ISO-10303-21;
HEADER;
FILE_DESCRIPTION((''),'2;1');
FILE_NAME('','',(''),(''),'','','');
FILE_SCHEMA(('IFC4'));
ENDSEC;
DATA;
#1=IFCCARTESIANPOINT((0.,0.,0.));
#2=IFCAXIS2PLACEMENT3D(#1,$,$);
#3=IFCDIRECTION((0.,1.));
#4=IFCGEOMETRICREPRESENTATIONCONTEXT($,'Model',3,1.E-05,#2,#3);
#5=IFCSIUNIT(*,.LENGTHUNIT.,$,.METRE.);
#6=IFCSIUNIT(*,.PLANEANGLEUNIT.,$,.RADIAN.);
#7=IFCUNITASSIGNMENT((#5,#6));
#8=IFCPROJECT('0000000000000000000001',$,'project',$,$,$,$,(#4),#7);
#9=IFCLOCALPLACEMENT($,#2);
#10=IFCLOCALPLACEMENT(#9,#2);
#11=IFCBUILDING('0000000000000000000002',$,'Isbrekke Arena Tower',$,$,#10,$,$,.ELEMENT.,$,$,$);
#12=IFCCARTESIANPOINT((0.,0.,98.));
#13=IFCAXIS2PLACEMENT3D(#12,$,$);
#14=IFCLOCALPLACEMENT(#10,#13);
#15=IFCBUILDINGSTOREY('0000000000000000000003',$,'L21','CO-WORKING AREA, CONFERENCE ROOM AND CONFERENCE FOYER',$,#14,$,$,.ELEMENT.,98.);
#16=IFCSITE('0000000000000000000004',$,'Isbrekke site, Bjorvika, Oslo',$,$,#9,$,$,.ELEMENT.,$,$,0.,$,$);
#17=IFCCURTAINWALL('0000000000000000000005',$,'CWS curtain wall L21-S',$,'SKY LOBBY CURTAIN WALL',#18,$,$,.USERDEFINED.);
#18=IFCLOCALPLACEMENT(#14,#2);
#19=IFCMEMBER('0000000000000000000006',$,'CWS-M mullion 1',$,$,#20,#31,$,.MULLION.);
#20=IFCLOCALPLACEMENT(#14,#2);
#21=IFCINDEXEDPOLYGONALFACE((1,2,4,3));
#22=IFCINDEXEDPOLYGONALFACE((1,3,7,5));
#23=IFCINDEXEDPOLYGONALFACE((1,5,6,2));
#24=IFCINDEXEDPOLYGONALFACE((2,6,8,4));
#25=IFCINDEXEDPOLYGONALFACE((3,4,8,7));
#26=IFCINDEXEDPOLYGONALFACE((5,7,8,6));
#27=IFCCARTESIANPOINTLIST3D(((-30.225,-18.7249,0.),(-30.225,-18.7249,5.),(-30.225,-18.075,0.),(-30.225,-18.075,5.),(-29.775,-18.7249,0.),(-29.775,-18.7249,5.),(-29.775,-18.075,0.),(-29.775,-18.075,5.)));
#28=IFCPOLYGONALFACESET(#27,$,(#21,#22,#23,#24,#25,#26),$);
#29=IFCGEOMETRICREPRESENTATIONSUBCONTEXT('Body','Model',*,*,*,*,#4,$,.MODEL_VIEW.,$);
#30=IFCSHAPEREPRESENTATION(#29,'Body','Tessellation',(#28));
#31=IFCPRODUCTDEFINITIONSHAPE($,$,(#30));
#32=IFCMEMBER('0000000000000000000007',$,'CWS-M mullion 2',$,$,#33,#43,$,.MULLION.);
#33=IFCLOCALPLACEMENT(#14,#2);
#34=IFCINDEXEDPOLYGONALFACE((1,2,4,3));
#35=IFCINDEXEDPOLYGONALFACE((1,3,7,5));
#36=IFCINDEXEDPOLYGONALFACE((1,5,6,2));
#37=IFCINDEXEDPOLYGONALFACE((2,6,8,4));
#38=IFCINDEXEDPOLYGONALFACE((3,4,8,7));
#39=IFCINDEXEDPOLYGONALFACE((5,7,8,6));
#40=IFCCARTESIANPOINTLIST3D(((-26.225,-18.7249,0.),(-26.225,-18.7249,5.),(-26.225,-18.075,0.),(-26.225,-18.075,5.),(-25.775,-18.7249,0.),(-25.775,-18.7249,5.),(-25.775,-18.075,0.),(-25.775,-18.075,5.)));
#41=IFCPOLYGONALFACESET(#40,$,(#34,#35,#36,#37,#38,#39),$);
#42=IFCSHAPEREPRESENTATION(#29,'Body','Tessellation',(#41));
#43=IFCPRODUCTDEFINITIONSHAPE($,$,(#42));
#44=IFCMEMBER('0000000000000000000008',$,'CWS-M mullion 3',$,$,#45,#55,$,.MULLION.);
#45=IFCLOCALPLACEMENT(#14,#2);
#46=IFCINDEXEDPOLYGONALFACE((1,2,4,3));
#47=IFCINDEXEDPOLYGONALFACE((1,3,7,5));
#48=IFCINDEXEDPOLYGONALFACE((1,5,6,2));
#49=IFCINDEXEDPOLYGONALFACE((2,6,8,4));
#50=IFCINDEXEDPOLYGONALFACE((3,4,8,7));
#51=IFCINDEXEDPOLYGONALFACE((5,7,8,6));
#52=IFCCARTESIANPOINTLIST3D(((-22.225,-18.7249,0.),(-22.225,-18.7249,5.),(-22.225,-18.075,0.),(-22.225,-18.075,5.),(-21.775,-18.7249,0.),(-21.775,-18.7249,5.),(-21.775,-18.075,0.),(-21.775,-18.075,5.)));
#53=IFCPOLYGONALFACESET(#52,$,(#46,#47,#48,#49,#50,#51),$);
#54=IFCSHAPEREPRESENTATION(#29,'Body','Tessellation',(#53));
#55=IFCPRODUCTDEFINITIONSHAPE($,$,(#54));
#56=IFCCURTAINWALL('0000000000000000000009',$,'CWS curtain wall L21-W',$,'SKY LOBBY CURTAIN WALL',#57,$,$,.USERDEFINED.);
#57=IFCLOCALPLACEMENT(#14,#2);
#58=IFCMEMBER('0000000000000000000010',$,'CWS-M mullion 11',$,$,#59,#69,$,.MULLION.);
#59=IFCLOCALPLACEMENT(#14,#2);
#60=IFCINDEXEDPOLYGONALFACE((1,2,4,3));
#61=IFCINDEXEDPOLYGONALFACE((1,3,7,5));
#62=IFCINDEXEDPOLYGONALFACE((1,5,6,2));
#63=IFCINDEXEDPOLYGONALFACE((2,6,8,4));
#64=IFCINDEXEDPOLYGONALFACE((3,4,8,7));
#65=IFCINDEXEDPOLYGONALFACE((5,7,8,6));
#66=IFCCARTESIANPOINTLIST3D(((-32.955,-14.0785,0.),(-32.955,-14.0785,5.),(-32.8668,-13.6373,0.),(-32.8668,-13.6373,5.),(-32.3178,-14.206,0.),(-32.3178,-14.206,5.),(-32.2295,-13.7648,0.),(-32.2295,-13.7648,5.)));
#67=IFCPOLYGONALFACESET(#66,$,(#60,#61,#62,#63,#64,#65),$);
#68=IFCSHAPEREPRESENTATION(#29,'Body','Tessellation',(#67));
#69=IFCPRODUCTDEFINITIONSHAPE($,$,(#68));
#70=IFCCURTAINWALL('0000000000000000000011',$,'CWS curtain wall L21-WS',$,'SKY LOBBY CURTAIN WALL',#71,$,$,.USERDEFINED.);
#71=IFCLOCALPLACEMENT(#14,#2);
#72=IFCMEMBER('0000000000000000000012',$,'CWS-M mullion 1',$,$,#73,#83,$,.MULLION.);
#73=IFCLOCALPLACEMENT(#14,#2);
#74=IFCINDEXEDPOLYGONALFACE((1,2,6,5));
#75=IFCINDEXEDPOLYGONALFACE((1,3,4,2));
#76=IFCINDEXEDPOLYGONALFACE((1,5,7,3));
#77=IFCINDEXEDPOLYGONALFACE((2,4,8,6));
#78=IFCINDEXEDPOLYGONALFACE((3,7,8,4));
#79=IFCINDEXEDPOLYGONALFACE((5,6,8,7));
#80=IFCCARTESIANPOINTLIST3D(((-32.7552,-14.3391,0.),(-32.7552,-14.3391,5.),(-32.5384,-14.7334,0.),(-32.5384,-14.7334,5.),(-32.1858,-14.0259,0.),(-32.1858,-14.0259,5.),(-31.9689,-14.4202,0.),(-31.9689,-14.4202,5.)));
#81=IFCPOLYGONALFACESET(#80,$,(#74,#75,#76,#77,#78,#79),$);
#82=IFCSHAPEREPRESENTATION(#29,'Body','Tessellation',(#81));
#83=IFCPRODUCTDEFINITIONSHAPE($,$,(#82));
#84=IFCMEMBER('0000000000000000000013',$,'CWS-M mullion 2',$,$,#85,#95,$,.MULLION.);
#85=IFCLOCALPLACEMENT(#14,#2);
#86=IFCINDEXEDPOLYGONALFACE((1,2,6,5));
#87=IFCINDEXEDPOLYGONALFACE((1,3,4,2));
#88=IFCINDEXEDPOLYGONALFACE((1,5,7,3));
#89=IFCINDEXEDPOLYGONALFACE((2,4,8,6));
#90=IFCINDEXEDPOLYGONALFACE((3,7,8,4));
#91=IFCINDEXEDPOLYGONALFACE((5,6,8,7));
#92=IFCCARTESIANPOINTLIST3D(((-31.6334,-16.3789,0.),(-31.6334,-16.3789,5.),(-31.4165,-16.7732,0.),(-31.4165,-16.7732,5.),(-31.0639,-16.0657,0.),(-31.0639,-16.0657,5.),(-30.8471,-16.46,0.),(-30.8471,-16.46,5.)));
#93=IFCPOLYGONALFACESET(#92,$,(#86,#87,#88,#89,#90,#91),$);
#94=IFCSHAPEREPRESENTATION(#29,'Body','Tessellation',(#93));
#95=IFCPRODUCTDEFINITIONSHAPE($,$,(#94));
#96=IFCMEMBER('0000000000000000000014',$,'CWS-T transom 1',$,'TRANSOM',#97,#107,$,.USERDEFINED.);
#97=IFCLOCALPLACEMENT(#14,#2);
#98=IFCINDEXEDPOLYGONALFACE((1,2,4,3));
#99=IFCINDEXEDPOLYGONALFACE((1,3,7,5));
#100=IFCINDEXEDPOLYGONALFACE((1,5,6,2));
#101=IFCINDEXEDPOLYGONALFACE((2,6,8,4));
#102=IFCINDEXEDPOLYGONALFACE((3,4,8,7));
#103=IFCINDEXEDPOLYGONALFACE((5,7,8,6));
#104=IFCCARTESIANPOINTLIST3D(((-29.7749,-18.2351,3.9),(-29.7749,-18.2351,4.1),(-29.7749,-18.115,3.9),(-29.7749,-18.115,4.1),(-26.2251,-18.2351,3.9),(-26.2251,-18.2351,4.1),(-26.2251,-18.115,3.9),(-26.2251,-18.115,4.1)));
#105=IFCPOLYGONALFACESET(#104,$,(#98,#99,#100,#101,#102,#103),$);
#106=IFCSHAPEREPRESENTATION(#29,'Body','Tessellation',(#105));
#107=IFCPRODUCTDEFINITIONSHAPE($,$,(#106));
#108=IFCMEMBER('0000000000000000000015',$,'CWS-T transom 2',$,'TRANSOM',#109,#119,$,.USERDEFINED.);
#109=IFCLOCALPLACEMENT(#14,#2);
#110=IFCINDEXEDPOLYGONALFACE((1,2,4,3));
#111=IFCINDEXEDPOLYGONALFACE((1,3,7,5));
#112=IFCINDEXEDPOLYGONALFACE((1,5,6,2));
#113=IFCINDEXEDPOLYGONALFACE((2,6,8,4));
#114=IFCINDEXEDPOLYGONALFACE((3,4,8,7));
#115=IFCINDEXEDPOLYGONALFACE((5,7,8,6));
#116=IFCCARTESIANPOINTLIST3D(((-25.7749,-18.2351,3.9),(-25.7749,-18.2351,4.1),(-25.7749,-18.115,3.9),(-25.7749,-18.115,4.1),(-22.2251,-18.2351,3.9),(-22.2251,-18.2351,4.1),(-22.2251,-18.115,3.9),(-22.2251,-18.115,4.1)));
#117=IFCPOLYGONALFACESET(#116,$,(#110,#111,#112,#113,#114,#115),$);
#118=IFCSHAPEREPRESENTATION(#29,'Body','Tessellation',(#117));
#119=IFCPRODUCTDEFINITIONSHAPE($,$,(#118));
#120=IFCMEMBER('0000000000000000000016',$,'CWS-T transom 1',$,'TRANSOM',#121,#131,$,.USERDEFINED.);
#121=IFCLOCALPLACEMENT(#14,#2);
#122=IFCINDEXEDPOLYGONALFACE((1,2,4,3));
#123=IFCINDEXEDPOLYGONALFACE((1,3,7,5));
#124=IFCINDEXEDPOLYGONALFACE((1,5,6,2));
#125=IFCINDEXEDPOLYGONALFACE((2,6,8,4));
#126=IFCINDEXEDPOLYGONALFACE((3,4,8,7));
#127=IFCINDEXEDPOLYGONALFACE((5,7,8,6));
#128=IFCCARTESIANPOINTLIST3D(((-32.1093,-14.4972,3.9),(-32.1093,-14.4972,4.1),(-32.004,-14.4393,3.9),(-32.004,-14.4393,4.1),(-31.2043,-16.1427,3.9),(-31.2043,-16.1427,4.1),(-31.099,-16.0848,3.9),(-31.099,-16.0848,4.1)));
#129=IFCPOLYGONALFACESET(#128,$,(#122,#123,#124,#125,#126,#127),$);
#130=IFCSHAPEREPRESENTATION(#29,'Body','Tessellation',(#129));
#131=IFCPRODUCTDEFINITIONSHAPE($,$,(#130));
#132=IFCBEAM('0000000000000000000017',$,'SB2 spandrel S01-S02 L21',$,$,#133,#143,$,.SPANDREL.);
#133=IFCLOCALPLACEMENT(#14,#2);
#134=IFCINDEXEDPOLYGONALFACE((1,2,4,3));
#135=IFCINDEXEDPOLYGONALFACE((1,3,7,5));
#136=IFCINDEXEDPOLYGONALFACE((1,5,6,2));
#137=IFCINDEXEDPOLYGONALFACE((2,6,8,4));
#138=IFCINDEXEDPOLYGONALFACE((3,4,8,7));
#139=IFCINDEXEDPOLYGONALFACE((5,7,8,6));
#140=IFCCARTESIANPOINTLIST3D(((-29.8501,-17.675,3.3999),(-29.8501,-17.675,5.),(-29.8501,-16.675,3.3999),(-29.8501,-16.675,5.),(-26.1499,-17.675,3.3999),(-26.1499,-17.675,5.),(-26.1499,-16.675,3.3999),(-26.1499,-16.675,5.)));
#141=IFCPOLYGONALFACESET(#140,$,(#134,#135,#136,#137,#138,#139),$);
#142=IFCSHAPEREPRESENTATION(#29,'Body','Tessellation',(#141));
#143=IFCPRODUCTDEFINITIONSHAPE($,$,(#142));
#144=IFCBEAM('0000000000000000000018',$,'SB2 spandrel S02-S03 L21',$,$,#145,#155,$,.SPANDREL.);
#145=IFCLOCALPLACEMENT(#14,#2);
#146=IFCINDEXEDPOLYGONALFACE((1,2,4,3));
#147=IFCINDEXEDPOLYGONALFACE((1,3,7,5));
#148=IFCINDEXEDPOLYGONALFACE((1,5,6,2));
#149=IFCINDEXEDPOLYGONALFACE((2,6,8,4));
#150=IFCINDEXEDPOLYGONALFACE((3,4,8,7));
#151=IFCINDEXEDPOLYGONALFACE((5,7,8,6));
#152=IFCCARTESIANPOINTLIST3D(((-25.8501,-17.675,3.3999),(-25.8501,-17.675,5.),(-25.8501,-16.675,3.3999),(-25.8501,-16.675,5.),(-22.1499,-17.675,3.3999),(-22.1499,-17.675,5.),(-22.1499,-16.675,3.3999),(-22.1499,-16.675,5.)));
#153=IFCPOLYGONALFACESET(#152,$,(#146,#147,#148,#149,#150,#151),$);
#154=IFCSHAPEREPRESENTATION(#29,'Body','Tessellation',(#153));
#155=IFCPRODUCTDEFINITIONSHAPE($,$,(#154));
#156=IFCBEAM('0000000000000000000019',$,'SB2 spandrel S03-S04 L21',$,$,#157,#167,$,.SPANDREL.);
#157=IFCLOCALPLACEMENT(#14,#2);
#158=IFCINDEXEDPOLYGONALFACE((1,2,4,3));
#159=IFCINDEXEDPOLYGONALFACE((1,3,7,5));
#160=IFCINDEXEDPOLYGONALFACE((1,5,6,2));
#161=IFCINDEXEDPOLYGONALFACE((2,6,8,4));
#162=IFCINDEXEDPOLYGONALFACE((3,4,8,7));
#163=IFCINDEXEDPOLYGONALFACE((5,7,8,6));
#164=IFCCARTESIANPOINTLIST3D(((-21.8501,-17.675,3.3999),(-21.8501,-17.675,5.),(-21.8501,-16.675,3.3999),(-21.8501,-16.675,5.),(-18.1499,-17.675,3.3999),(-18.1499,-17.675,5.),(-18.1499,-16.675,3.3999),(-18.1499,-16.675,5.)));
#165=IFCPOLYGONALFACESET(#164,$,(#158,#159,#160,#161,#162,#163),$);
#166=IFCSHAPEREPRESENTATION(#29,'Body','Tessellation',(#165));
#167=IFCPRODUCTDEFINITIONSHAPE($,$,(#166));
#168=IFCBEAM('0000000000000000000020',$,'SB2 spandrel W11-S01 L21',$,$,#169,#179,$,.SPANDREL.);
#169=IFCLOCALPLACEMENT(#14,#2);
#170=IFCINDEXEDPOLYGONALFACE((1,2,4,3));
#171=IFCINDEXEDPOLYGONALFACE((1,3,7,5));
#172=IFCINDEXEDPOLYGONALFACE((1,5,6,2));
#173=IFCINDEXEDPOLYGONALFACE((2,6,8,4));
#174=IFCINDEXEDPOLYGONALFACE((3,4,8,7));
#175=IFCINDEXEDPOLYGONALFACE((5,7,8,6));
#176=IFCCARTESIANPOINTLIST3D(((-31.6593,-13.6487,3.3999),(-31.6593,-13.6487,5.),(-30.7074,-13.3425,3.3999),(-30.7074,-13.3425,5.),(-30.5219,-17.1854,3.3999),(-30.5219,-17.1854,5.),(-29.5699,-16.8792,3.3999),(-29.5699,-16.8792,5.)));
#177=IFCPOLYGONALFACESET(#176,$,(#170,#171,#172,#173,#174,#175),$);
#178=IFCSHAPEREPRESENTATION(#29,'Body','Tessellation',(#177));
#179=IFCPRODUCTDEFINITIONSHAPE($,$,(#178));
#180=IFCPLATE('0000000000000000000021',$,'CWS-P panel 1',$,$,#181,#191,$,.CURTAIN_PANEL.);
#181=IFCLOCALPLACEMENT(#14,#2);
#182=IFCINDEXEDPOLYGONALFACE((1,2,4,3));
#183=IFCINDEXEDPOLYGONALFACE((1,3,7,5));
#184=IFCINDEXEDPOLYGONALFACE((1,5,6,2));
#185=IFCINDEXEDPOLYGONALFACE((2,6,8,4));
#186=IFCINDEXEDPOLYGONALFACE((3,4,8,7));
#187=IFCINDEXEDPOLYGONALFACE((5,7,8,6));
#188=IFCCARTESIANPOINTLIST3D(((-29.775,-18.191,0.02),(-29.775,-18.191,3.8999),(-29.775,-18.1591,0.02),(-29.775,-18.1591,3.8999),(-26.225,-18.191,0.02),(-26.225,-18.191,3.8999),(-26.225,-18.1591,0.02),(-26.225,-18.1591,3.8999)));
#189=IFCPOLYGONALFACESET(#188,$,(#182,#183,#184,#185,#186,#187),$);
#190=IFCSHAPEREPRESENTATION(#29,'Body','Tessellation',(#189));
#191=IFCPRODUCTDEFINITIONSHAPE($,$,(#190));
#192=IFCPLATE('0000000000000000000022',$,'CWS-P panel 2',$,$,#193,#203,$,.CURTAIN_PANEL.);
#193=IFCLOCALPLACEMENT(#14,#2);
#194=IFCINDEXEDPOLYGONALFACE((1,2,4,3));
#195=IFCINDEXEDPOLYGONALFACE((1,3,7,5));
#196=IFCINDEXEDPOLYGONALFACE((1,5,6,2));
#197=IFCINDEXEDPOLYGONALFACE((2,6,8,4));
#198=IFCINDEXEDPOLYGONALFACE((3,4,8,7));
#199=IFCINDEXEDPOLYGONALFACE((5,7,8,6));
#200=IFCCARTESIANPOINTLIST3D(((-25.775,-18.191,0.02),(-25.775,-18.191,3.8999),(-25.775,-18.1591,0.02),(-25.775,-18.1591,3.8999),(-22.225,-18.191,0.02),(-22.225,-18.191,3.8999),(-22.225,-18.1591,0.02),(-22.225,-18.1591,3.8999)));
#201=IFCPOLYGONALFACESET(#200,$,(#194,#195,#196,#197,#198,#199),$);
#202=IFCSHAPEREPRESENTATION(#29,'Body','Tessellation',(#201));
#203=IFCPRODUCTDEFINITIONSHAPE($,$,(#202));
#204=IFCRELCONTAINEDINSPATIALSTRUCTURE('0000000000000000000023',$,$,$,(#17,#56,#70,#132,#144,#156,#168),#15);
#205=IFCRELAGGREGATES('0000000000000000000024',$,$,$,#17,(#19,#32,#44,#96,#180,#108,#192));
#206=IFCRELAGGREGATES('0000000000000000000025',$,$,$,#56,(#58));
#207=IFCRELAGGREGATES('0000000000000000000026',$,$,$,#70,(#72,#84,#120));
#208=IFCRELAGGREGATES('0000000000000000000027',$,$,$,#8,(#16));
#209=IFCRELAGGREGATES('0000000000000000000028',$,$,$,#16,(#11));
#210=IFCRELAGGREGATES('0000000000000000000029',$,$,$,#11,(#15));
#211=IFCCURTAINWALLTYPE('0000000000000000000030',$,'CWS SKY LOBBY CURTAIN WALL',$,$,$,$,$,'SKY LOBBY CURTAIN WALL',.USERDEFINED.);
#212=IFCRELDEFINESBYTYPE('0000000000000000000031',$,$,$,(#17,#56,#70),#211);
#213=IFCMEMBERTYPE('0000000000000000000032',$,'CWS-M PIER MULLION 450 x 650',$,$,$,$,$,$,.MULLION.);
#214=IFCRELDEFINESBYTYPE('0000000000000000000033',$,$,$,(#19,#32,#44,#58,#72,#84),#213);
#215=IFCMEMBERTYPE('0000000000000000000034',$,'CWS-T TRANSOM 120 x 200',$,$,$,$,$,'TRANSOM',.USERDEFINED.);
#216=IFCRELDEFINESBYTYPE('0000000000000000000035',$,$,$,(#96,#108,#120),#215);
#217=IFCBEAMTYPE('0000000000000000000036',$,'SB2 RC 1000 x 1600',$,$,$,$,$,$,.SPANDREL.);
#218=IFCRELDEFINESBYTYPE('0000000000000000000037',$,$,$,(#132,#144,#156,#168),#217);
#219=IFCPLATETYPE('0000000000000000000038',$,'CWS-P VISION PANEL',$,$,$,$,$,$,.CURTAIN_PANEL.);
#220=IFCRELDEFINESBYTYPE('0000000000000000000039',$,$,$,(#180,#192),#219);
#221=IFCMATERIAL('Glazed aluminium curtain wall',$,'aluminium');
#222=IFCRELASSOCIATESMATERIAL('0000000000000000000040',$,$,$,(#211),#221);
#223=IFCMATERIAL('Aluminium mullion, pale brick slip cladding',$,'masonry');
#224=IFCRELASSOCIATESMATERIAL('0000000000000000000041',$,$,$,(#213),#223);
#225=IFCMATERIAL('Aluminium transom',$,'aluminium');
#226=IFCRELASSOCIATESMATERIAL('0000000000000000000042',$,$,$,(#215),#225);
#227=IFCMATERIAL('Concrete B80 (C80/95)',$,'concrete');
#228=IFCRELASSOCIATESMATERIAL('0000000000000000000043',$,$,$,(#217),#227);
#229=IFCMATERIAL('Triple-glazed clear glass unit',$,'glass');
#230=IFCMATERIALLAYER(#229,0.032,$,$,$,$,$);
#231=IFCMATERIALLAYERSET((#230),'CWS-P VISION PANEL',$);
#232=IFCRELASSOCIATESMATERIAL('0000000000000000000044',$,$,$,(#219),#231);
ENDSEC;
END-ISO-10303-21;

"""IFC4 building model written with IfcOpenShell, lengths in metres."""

from ifc_helpers import new_model, si_unit, direction, frame, origin, origin_2d, place, context, subcontext, project, spatial, rectangle, extrude, material, layer, layer_set, material_profile, profile_set, type_object, element, aggregate, save


model = new_model("IFC4")

# Units and contexts
model_context = context("Model", 3, precision=1e-05, world=origin(), true_north=direction((0.0, 1.0)))
body_context = subcontext(model_context, "Body", "Model", "MODEL_VIEW")
ifc_project = project(units=[si_unit("LENGTHUNIT", "METRE"), si_unit("PLANEANGLEUNIT", "RADIAN")], contexts=[model_context])

# Site, building, storey
site_placement = place(None, origin())
site = spatial("IfcSite", under=ifc_project, at=site_placement, Name="Isbrekke site, Bjorvika, Oslo", CompositionType="ELEMENT", RefElevation=0.0)
building_placement = place(site_placement, origin())
building = spatial("IfcBuilding", under=site, at=building_placement, Name="Isbrekke Arena Tower", CompositionType="ELEMENT")
storey_placement = place(building_placement, frame((0.0, 0.0, 98.0)))
storey = spatial("IfcBuildingStorey", under=building, at=storey_placement, Name="L21", Description="CO-WORKING AREA, CONFERENCE ROOM AND CONFERENCE FOYER", CompositionType="ELEMENT", Elevation=98.0)

# Curtain wall, members
ifc_material_1 = material(Name="Glazed aluminium curtain wall", Category="aluminium")
curtain_wall_type = type_object("IfcCurtainWallType", Name="CWS SKY LOBBY CURTAIN WALL", ElementType="SKY LOBBY CURTAIN WALL", PredefinedType="USERDEFINED", material=ifc_material_1)
curtain_wall_1_placement = place(storey_placement, origin())
curtain_wall_1 = element("IfcCurtainWall", 1, at=curtain_wall_1_placement, inside=storey, type_object=curtain_wall_type, Name="CWS curtain wall L21-S", ObjectType="SKY LOBBY CURTAIN WALL", PredefinedType="USERDEFINED")
ifc_material_2 = material(Name="Aluminium mullion, pale brick slip cladding", Category="masonry")
ifc_material_profile_1 = material_profile(ifc_material_2, rectangle(XDim=0.45, YDim=0.6499, at=origin_2d()), Name="PIER 450X650")
ifc_profile_set_1 = profile_set([ifc_material_profile_1], Name="Aluminium mullion, pale brick slip cladding")
member_type_1 = type_object("IfcMemberType", Name="CWS-M PIER MULLION 450 x 650", PredefinedType="MULLION", material=ifc_profile_set_1)
member_1_placement = place(storey_placement, frame((-30.0, -18.3999, 0.0), z_axis=(0.0, 0.0, 1.0), x_axis=(1.0, 0.0, 0.0)))
member_1 = element("IfcMember", 2, at=member_1_placement, type_object=member_type_1, Name="CWS-M mullion 1", PredefinedType="MULLION", context=body_context, shape_type="SweptSolid", body=[
    extrude(rectangle(XDim=0.45, YDim=0.6499, at=origin_2d()), origin(), (0.0, 0.0, 1.0), 5.0),
])
member_2_placement = place(storey_placement, frame((-26.0, -18.3999, 0.0), z_axis=(0.0, 0.0, 1.0), x_axis=(1.0, 0.0, 0.0)))
member_2 = element("IfcMember", 3, at=member_2_placement, type_object=member_type_1, Name="CWS-M mullion 2", PredefinedType="MULLION", context=body_context, shape_type="SweptSolid", body=[
    extrude(rectangle(XDim=0.45, YDim=0.6499, at=origin_2d()), origin(), (0.0, 0.0, 1.0), 5.0),
])
member_3_placement = place(storey_placement, frame((-22.0, -18.3999, 0.0), z_axis=(0.0, 0.0, 1.0), x_axis=(1.0, 0.0, 0.0)))
member_3 = element("IfcMember", 4, at=member_3_placement, type_object=member_type_1, Name="CWS-M mullion 3", PredefinedType="MULLION", context=body_context, shape_type="SweptSolid", body=[
    extrude(rectangle(XDim=0.45, YDim=0.6499, at=origin_2d()), origin(), (0.0, 0.0, 1.0), 5.0),
])

# Curtain wall, member
curtain_wall_2_placement = place(storey_placement, origin())
curtain_wall_2 = element("IfcCurtainWall", 5, at=curtain_wall_2_placement, inside=storey, type_object=curtain_wall_type, Name="CWS curtain wall L21-W", ObjectType="SKY LOBBY CURTAIN WALL", PredefinedType="USERDEFINED")
member_4_placement = place(storey_placement, frame((-32.5923, -13.9216, 0.0), z_axis=(0.0, 0.0, 1.0), x_axis=(-0.196116, -0.980581, 0.0)))
member_4 = element("IfcMember", 6, at=member_4_placement, type_object=member_type_1, Name="CWS-M mullion 11", PredefinedType="MULLION", context=body_context, shape_type="SweptSolid", body=[
    extrude(rectangle(XDim=0.45, YDim=0.6499, at=origin_2d()), origin(), (0.0, 0.0, 1.0), 5.0),
])

# Curtain wall, members
curtain_wall_3_placement = place(storey_placement, origin())
curtain_wall_3 = element("IfcCurtainWall", 7, at=curtain_wall_3_placement, inside=storey, type_object=curtain_wall_type, Name="CWS curtain wall L21-WS", ObjectType="SKY LOBBY CURTAIN WALL", PredefinedType="USERDEFINED")
member_5_placement = place(storey_placement, frame((-32.3621, -14.3796, 0.0), z_axis=(0.0, 0.0, 1.0), x_axis=(0.481919, -0.876216, 0.0)))
member_5 = element("IfcMember", 8, at=member_5_placement, type_object=member_type_1, Name="CWS-M mullion 1", PredefinedType="MULLION", context=body_context, shape_type="SweptSolid", body=[
    extrude(rectangle(XDim=0.45, YDim=0.6499, at=origin_2d()), origin(), (0.0, 0.0, 1.0), 5.0),
])
member_6_placement = place(storey_placement, frame((-31.2402, -16.4194, 0.0), z_axis=(0.0, 0.0, 1.0), x_axis=(0.481919, -0.876216, 0.0)))
member_6 = element("IfcMember", 9, at=member_6_placement, type_object=member_type_1, Name="CWS-M mullion 2", PredefinedType="MULLION", context=body_context, shape_type="SweptSolid", body=[
    extrude(rectangle(XDim=0.45, YDim=0.6499, at=origin_2d()), origin(), (0.0, 0.0, 1.0), 5.0),
])

# Members
ifc_material_3 = material(Name="Aluminium transom", Category="aluminium")
ifc_material_profile_2 = material_profile(ifc_material_3, rectangle(XDim=0.1201, YDim=0.2, at=origin_2d()), Name="TRANSOM 120X200")
ifc_profile_set_2 = profile_set([ifc_material_profile_2], Name="Aluminium transom")
member_type_2 = type_object("IfcMemberType", Name="CWS-T TRANSOM 120 x 200", ElementType="TRANSOM", PredefinedType="USERDEFINED", material=ifc_profile_set_2)
member_7_placement = place(storey_placement, frame((-29.7749, -18.175, 4.0), z_axis=(1.0, 0.0, 0.0), x_axis=(0.0, 1.0, 0.0)))
member_7 = element("IfcMember", 10, at=member_7_placement, type_object=member_type_2, Name="CWS-T transom 1", ObjectType="TRANSOM", PredefinedType="USERDEFINED", context=body_context, shape_type="SweptSolid", body=[
    extrude(rectangle(XDim=0.1201, YDim=0.2, at=origin_2d()), origin(), (0.0, 0.0, 1.0), 3.5498),
])
member_8_placement = place(storey_placement, frame((-25.7749, -18.175, 4.0), z_axis=(1.0, 0.0, 0.0), x_axis=(0.0, 1.0, 0.0)))
member_8 = element("IfcMember", 11, at=member_8_placement, type_object=member_type_2, Name="CWS-T transom 2", ObjectType="TRANSOM", PredefinedType="USERDEFINED", context=body_context, shape_type="SweptSolid", body=[
    extrude(rectangle(XDim=0.1201, YDim=0.2, at=origin_2d()), origin(), (0.0, 0.0, 1.0), 3.5498),
])
member_9_placement = place(storey_placement, frame((-32.0566, -14.4683, 4.0), z_axis=(0.481919, -0.876216, 0.0), x_axis=(0.876216, 0.481919, 0.0)))
member_9 = element("IfcMember", 12, at=member_9_placement, type_object=member_type_2, Name="CWS-T transom 1", ObjectType="TRANSOM", PredefinedType="USERDEFINED", context=body_context, shape_type="SweptSolid", body=[
    extrude(rectangle(XDim=0.1201, YDim=0.2, at=origin_2d()), origin(), (0.0, 0.0, 1.0), 1.8779),
])

# Beams
ifc_material_4 = material(Name="Concrete B80 (C80/95)", Category="concrete")
ifc_material_profile_3 = material_profile(ifc_material_4, rectangle(XDim=1.0, YDim=1.6001, at=origin_2d()), Name="RC 1000x1600")
ifc_profile_set_3 = profile_set([ifc_material_profile_3], Name="Concrete B80 (C80/95)")
beam_type_1 = type_object("IfcBeamType", Name="SB2 RC 1000 x 1600", PredefinedType="SPANDREL", material=ifc_profile_set_3)
for number, where, z_axis, x_axis, name in (
    (13, (-29.8501, -17.175, 4.2), (1.0, 0.0, 0.0), (0.0, 1.0, 0.0), "SB2 spandrel S01-S02 L21"),
    (14, (-25.8501, -17.175, 4.2), (1.0, 0.0, 0.0), (0.0, 1.0, 0.0), "SB2 spandrel S02-S03 L21"),
    (15, (-21.8501, -17.175, 4.2), (1.0, 0.0, 0.0), (0.0, 1.0, 0.0), "SB2 spandrel S03-S04 L21"),
):
    element("IfcBeam", number, at=place(storey_placement, frame(where, z_axis=z_axis, x_axis=x_axis)), inside=storey, type_object=beam_type_1, Name=name, PredefinedType="SPANDREL", context=body_context, shape_type="SweptSolid", body=[
        extrude(rectangle(XDim=1.0, YDim=1.6001, at=origin_2d()), origin(), (0.0, 0.0, 1.0), 3.7002),
    ])
beam_1_placement = place(storey_placement, frame((-31.1833, -13.4956, 4.2), z_axis=(0.306175, -0.951975, 0.0), x_axis=(0.951975, 0.306175, 0.0)))
element("IfcBeam", 16, at=beam_1_placement, inside=storey, type_object=beam_type_1, Name="SB2 spandrel W11-S01 L21", PredefinedType="SPANDREL", context=body_context, shape_type="SweptSolid", body=[
    extrude(rectangle(XDim=1.0, YDim=1.6001, at=origin_2d()), origin(), (0.0, 0.0, 1.0), 3.7151),
])

# Plates
ifc_material_5 = material(Name="Triple-glazed clear glass unit", Category="glass")
ifc_layer_1 = layer(ifc_material_5, 0.032)
ifc_layer_set_1 = layer_set([ifc_layer_1], Name="CWS-P VISION PANEL")
plate_type = type_object("IfcPlateType", Name="CWS-P VISION PANEL", PredefinedType="CURTAIN_PANEL", material=ifc_layer_set_1)
plate_1_placement = place(storey_placement, frame((-28.0, -18.175, 0.02), z_axis=(0.0, 0.0, 1.0), x_axis=(1.0, 0.0, 0.0)))
plate_1 = element("IfcPlate", 17, at=plate_1_placement, type_object=plate_type, Name="CWS-P panel 1", PredefinedType="CURTAIN_PANEL", context=body_context, shape_type="SweptSolid", body=[
    extrude(rectangle(XDim=3.55, YDim=0.032, at=origin_2d()), origin(), (0.0, 0.0, 1.0), 3.8799),
])
plate_2_placement = place(storey_placement, frame((-24.0, -18.175, 0.02), z_axis=(0.0, 0.0, 1.0), x_axis=(1.0, 0.0, 0.0)))
plate_2 = element("IfcPlate", 18, at=plate_2_placement, type_object=plate_type, Name="CWS-P panel 2", PredefinedType="CURTAIN_PANEL", context=body_context, shape_type="SweptSolid", body=[
    extrude(rectangle(XDim=3.55, YDim=0.032, at=origin_2d()), origin(), (0.0, 0.0, 1.0), 3.8799),
])
aggregate(curtain_wall_1, [member_1, member_2, member_3, member_7, plate_1, member_8, plate_2])
aggregate(curtain_wall_2, [member_4])
aggregate(curtain_wall_3, [member_5, member_6, member_9])

save(model, "model.ifc")
